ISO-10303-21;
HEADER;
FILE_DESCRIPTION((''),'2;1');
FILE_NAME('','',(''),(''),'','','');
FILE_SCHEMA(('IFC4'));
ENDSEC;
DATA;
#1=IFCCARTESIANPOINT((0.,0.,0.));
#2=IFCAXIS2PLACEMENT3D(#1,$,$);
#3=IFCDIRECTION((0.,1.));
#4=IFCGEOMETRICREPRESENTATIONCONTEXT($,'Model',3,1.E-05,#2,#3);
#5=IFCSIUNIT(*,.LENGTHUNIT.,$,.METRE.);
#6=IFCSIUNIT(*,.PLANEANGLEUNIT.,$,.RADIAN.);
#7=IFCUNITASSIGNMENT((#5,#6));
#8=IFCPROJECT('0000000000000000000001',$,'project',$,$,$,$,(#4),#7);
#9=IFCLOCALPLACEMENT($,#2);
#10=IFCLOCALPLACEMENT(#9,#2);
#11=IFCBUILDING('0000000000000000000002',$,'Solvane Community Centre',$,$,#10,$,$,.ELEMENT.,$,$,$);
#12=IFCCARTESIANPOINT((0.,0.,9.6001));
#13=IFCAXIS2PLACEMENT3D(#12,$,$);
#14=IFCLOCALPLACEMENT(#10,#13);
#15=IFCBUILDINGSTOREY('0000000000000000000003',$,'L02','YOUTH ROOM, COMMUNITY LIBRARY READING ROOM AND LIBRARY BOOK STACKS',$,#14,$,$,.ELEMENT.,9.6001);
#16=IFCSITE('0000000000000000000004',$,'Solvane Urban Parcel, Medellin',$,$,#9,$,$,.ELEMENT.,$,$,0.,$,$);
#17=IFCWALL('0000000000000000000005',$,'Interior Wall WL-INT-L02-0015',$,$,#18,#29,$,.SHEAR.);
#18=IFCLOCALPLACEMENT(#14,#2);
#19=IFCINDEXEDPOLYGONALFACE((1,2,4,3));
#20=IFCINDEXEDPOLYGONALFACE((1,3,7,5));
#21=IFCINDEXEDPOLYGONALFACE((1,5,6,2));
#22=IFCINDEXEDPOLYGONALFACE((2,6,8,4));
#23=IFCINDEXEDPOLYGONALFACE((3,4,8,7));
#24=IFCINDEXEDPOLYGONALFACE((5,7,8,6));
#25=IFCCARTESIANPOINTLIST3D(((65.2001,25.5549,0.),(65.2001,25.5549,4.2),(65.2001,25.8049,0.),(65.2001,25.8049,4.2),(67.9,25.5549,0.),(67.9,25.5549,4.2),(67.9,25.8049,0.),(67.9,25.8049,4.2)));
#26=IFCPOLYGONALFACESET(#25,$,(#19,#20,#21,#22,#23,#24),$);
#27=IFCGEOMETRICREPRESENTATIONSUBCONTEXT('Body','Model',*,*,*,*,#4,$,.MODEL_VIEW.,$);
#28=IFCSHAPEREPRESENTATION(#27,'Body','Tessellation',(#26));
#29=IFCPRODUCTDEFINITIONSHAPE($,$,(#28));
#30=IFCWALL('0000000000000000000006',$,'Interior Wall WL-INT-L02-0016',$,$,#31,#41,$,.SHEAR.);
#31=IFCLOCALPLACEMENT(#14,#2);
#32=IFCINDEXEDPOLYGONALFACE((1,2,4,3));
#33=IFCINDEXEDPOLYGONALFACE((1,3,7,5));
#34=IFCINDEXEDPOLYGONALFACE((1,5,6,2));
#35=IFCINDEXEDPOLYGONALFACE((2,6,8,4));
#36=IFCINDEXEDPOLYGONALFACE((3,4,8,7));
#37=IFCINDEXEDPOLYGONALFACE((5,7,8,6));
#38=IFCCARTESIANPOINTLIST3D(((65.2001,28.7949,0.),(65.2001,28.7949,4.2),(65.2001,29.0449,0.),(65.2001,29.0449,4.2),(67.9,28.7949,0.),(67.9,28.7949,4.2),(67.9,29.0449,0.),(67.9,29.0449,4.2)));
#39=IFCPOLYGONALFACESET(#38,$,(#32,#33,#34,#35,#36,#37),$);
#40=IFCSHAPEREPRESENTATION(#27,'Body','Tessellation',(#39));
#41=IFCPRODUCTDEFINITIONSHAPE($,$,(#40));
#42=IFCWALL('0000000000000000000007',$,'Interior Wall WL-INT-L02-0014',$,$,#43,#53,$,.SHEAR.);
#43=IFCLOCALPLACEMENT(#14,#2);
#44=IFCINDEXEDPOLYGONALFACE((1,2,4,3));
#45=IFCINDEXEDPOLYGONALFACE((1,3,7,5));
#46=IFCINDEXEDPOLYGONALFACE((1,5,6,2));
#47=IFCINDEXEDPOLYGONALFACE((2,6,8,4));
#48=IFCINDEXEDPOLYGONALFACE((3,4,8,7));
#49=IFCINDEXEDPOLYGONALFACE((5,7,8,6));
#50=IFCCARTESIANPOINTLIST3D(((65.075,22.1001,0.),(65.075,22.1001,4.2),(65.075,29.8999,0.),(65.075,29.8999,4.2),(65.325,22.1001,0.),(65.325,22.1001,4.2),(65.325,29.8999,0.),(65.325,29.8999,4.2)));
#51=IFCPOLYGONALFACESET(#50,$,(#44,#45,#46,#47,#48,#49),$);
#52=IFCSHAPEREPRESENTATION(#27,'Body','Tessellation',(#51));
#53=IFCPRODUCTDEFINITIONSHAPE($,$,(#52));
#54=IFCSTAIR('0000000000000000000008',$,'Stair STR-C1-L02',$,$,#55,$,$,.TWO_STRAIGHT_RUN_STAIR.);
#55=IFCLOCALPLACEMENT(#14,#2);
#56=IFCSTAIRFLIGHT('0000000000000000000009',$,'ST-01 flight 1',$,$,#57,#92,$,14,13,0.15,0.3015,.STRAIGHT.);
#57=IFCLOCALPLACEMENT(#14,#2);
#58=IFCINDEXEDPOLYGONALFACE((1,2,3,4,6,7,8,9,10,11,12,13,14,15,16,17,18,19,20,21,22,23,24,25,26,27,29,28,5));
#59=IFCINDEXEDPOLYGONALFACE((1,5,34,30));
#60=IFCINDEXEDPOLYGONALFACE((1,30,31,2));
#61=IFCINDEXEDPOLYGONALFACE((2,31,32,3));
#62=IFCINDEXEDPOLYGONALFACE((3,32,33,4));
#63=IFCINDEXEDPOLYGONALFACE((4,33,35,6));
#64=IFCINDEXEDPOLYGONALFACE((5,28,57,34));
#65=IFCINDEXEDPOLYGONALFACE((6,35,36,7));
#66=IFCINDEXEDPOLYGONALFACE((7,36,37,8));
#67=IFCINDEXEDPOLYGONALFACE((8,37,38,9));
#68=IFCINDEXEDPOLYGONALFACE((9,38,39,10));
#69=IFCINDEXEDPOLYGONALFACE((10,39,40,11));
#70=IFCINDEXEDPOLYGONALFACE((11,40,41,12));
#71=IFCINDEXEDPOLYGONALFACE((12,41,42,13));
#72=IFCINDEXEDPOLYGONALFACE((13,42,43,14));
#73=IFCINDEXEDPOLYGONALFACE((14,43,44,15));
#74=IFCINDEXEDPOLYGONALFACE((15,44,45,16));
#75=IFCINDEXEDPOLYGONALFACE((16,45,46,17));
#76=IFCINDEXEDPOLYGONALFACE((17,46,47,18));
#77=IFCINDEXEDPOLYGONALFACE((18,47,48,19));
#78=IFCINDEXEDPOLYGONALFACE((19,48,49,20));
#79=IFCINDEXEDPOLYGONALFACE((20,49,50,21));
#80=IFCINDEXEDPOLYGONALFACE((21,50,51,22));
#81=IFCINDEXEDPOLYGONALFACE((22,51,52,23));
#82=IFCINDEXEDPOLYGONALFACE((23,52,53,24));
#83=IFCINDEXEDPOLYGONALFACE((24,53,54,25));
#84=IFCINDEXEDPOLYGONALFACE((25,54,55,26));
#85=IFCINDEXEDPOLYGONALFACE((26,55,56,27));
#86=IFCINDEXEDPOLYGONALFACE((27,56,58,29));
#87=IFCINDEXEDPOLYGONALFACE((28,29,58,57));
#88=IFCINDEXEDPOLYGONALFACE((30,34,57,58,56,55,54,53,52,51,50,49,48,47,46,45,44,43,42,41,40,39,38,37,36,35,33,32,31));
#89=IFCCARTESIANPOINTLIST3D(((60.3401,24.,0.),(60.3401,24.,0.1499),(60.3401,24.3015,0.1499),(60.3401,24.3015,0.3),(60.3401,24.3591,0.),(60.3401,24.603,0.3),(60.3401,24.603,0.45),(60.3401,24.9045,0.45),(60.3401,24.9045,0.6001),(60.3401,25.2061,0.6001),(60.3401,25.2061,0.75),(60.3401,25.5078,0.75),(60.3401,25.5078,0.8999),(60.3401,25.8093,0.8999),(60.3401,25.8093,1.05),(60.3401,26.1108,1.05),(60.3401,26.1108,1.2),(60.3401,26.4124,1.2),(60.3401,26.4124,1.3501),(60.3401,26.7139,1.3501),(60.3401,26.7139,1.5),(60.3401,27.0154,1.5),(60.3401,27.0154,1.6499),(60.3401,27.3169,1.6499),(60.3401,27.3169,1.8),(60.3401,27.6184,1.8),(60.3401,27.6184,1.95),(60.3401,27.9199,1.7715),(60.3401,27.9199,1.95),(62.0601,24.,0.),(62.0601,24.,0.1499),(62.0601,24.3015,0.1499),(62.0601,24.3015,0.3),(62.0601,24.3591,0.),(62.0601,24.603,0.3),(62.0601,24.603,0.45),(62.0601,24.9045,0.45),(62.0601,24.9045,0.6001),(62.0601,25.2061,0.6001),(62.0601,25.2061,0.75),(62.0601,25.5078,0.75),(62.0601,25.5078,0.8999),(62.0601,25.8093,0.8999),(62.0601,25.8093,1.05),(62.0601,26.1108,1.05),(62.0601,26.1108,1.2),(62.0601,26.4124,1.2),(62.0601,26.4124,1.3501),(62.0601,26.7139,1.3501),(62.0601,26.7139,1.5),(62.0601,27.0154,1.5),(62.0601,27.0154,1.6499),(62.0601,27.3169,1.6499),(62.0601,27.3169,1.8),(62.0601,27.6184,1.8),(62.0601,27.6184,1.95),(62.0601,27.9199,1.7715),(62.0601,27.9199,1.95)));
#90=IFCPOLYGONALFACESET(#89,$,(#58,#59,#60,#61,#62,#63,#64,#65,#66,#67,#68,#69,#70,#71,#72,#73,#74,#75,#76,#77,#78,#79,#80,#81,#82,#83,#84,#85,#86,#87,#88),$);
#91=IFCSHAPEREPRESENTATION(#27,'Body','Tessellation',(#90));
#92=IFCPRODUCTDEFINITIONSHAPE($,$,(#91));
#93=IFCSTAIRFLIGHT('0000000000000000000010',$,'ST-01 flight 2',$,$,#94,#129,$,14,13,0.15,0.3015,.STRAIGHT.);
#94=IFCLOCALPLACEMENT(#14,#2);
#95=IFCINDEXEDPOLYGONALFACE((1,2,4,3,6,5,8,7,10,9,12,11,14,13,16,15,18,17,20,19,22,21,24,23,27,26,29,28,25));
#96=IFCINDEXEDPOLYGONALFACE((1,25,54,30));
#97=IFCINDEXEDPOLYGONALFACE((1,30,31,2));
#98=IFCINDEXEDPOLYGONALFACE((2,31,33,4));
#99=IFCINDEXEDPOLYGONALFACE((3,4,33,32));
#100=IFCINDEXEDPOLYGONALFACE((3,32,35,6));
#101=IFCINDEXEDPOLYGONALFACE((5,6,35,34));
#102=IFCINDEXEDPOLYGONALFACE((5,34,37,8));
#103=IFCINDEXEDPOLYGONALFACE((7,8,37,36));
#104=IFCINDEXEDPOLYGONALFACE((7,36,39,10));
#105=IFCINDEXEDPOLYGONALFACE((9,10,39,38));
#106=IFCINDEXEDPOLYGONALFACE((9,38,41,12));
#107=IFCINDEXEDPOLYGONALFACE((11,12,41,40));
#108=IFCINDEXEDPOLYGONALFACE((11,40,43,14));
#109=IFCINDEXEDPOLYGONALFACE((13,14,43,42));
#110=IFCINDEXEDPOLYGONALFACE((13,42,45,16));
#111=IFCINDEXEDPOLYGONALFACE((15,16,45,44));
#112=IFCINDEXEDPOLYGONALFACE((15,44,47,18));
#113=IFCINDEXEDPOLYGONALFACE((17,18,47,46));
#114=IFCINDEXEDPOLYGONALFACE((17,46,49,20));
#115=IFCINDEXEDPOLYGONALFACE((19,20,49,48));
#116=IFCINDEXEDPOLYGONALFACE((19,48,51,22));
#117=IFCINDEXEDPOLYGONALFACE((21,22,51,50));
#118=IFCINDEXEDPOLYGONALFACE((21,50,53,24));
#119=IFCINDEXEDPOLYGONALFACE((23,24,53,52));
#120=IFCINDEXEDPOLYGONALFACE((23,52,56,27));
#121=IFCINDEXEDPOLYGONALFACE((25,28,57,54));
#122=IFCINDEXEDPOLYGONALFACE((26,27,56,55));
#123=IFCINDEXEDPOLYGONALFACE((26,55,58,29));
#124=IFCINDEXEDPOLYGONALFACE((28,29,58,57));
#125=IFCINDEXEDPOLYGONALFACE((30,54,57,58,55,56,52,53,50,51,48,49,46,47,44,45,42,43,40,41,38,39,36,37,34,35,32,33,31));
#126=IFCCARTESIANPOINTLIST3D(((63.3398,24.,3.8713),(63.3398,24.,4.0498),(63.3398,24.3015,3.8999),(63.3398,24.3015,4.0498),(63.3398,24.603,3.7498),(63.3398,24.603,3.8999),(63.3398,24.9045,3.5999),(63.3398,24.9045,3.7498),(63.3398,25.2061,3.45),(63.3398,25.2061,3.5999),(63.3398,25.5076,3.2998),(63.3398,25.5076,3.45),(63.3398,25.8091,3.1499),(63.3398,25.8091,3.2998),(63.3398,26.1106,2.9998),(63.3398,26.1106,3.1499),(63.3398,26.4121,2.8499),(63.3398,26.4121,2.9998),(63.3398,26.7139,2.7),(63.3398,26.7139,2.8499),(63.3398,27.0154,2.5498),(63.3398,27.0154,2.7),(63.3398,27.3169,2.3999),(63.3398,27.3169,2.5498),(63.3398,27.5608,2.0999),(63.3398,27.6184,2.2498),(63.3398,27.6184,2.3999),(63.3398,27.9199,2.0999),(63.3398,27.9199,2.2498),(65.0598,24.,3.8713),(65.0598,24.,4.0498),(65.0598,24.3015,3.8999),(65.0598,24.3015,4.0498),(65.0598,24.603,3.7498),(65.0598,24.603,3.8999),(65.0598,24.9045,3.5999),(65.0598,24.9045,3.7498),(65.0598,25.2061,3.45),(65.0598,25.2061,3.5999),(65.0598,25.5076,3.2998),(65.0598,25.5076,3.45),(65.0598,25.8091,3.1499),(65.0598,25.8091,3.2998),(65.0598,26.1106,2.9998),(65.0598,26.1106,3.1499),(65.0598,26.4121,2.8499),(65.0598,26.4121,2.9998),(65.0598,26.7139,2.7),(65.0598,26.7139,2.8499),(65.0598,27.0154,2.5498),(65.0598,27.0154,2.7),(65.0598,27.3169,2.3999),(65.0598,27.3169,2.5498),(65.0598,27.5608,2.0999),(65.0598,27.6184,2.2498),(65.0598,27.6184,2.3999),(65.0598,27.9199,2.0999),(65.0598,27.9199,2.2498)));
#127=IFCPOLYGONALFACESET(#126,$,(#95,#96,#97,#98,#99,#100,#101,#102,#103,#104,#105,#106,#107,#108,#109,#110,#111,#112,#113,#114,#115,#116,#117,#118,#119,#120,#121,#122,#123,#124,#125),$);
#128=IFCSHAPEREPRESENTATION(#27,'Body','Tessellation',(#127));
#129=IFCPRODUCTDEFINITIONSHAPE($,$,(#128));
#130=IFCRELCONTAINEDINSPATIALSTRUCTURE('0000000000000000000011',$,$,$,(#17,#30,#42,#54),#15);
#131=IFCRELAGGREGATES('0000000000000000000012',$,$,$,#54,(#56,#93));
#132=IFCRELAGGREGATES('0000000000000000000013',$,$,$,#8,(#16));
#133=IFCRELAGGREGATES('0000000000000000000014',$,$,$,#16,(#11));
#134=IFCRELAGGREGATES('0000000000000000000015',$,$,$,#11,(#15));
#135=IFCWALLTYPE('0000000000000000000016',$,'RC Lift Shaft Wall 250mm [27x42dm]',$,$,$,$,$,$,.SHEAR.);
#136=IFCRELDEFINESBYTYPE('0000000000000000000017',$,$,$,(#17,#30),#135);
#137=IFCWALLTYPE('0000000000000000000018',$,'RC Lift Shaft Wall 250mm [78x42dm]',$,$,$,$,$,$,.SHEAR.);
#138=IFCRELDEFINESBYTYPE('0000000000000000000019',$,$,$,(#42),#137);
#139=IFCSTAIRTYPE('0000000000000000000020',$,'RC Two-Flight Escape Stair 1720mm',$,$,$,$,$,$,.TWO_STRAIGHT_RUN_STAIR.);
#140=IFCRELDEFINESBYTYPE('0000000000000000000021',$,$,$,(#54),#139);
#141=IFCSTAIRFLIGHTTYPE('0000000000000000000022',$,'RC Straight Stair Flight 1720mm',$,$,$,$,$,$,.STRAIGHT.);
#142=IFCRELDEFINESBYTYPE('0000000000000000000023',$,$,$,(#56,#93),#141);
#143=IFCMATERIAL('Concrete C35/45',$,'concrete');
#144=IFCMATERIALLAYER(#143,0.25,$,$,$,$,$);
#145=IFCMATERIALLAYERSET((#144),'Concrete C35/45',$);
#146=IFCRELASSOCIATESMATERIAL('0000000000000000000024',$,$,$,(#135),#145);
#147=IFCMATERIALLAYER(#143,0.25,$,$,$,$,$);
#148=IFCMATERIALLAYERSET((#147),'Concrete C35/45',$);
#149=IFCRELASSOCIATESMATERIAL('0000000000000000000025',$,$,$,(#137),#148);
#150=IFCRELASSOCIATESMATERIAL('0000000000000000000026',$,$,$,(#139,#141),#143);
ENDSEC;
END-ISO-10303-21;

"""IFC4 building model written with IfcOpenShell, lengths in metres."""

from ifc_helpers import new_model, si_unit, direction, frame, frame_2d, origin, place, context, subcontext, project, spatial, polyline, rectangle, outline, extrude, material, layer, layer_set, type_object, element, aggregate, save


model = new_model("IFC4")

# Units and contexts
model_context = context("Model", 3, precision=1e-05, world=origin(), true_north=direction((0.0, 1.0)))
body_context = subcontext(model_context, "Body", "Model", "MODEL_VIEW")
ifc_project = project(units=[si_unit("LENGTHUNIT", "METRE"), si_unit("PLANEANGLEUNIT", "RADIAN")], contexts=[model_context])

# Site, building, storey
site_placement = place(None, origin())
site = spatial("IfcSite", under=ifc_project, at=site_placement, Name="Solvane Urban Parcel, Medellin", CompositionType="ELEMENT", RefElevation=0.0)
building_placement = place(site_placement, origin())
building = spatial("IfcBuilding", under=site, at=building_placement, Name="Solvane Community Centre", CompositionType="ELEMENT")
storey_placement = place(building_placement, frame((0.0, 0.0, 9.6001)))
storey = spatial("IfcBuildingStorey", under=building, at=storey_placement, Name="L02", Description="YOUTH ROOM, COMMUNITY LIBRARY READING ROOM AND LIBRARY BOOK STACKS", CompositionType="ELEMENT", Elevation=9.6001)

# Shared definitions
ifc_material_1 = material(Name="Concrete C35/45", Category="concrete")

# Walls
ifc_layer_1 = layer(ifc_material_1, 0.25)
ifc_layer_set_1 = layer_set([ifc_layer_1], Name="Concrete C35/45")
wall_type_1 = type_object("IfcWallType", Name="RC Lift Shaft Wall 250mm [27x42dm]", PredefinedType="SHEAR", material=ifc_layer_set_1)
for number, where, z_axis, x_axis, name in (
    (1, (65.2, 25.6799, 0.0), (0.0, 0.0, 1.0), (1.0, 0.0, 0.0), "Interior Wall WL-INT-L02-0015"),
    (2, (65.2, 28.9199, 0.0), (0.0, 0.0, 1.0), (1.0, 0.0, 0.0), "Interior Wall WL-INT-L02-0016"),
):
    element("IfcWall", number, at=place(storey_placement, frame(where, z_axis=z_axis, x_axis=x_axis)), inside=storey, type_object=wall_type_1, Name=name, PredefinedType="SHEAR", context=body_context, shape_type="SweptSolid", body=[
        extrude(rectangle(XDim=2.7, YDim=0.25, at=frame_2d((1.3501, 0.0))), origin(), (0.0, 0.0, 1.0), 4.2),
    ])
ifc_layer_2 = layer(ifc_material_1, 0.25)
ifc_layer_set_2 = layer_set([ifc_layer_2], Name="Concrete C35/45")
wall_type_2 = type_object("IfcWallType", Name="RC Lift Shaft Wall 250mm [78x42dm]", PredefinedType="SHEAR", material=ifc_layer_set_2)
wall_1_placement = place(storey_placement, frame((65.2, 22.1001, 0.0), z_axis=(0.0, 0.0, 1.0), x_axis=(0.0, 1.0, 0.0)))
element("IfcWall", 3, at=wall_1_placement, inside=storey, type_object=wall_type_2, Name="Interior Wall WL-INT-L02-0014", PredefinedType="SHEAR", context=body_context, shape_type="SweptSolid", body=[
    extrude(rectangle(XDim=7.7998, YDim=0.25, at=frame_2d((3.8999, 0.0))), origin(), (0.0, 0.0, 1.0), 4.2),
])

# Stair, stair flights
stair_type = type_object("IfcStairType", Name="RC Two-Flight Escape Stair 1720mm", PredefinedType="TWO_STRAIGHT_RUN_STAIR", material=ifc_material_1)
stair_placement = place(storey_placement, origin())
stair = element("IfcStair", 4, at=stair_placement, inside=storey, type_object=stair_type, Name="Stair STR-C1-L02", PredefinedType="TWO_STRAIGHT_RUN_STAIR")
stair_flight_type = type_object("IfcStairFlightType", Name="RC Straight Stair Flight 1720mm", PredefinedType="STRAIGHT", material=ifc_material_1)
stair_flight_1_placement = place(storey_placement, frame((61.2, 24.0, 0.0), z_axis=(0.0, 0.0, 1.0), x_axis=(0.0, 1.0, 0.0)))
stair_flight_1 = element("IfcStairFlight", 5, at=stair_flight_1_placement, type_object=stair_flight_type, Name="ST-01 flight 1", NumberOfRisers=14, NumberOfTreads=13, PredefinedType="STRAIGHT", RiserHeight=0.15, TreadLength=0.3015, context=body_context, shape_type="SweptSolid", body=[
    extrude(outline(polyline([(0.0, 0.0), (0.0, 0.1499), (0.3015, 0.1499), (0.3015, 0.3), (0.603, 0.3), (0.603, 0.45), (0.9045, 0.45), (0.9045, 0.6001), (1.2061, 0.6001), (1.2061, 0.75), (1.5078, 0.75), (1.5078, 0.8999), (1.8093, 0.8999), (1.8093, 1.05), (2.1108, 1.05), (2.1108, 1.2), (2.4124, 1.2), (2.4124, 1.3501), (2.7139, 1.3501), (2.7139, 1.5), (3.0154, 1.5), (3.0154, 1.6499), (3.3169, 1.6499), (3.3169, 1.8), (3.6184, 1.8), (3.6184, 1.95), (3.9199, 1.95), (3.9199, 2.1001), (3.9199, 1.7715), (0.3591, 0.0), (0.0, 0.0)])), frame((0.0, 0.8599, 0.0), z_axis=(0.0, -1.0, 0.0), x_axis=(1.0, 0.0, 0.0)), (0.0, 0.0, 1.0), 1.72),
])
stair_flight_2_placement = place(storey_placement, frame((64.2, 27.9199, 2.0999), z_axis=(0.0, 0.0, 1.0), x_axis=(0.0, -1.0, 0.0)))
stair_flight_2 = element("IfcStairFlight", 6, at=stair_flight_2_placement, type_object=stair_flight_type, Name="ST-01 flight 2", NumberOfRisers=14, NumberOfTreads=13, PredefinedType="STRAIGHT", RiserHeight=0.15, TreadLength=0.3015, context=body_context, shape_type="SweptSolid", body=[
    extrude(outline(polyline([(0.0, 0.0), (0.0, 0.1499), (0.3015, 0.1499), (0.3015, 0.3), (0.603, 0.3), (0.603, 0.45), (0.9045, 0.45), (0.9045, 0.6001), (1.2061, 0.6001), (1.2061, 0.75), (1.5078, 0.75), (1.5078, 0.8999), (1.8093, 0.8999), (1.8093, 1.05), (2.1108, 1.05), (2.1108, 1.2), (2.4124, 1.2), (2.4124, 1.3501), (2.7139, 1.3501), (2.7139, 1.5), (3.0154, 1.5), (3.0154, 1.6499), (3.3169, 1.6499), (3.3169, 1.8), (3.6184, 1.8), (3.6184, 1.95), (3.9199, 1.95), (3.9199, 2.1001), (3.9199, 1.7715), (0.3591, 0.0), (0.0, 0.0)])), frame((0.0, 0.8599, 0.0), z_axis=(0.0, -1.0, 0.0), x_axis=(1.0, 0.0, 0.0)), (0.0, 0.0, 1.0), 1.72),
])
aggregate(stair, [stair_flight_1, stair_flight_2])

save(model, "model.ifc")
